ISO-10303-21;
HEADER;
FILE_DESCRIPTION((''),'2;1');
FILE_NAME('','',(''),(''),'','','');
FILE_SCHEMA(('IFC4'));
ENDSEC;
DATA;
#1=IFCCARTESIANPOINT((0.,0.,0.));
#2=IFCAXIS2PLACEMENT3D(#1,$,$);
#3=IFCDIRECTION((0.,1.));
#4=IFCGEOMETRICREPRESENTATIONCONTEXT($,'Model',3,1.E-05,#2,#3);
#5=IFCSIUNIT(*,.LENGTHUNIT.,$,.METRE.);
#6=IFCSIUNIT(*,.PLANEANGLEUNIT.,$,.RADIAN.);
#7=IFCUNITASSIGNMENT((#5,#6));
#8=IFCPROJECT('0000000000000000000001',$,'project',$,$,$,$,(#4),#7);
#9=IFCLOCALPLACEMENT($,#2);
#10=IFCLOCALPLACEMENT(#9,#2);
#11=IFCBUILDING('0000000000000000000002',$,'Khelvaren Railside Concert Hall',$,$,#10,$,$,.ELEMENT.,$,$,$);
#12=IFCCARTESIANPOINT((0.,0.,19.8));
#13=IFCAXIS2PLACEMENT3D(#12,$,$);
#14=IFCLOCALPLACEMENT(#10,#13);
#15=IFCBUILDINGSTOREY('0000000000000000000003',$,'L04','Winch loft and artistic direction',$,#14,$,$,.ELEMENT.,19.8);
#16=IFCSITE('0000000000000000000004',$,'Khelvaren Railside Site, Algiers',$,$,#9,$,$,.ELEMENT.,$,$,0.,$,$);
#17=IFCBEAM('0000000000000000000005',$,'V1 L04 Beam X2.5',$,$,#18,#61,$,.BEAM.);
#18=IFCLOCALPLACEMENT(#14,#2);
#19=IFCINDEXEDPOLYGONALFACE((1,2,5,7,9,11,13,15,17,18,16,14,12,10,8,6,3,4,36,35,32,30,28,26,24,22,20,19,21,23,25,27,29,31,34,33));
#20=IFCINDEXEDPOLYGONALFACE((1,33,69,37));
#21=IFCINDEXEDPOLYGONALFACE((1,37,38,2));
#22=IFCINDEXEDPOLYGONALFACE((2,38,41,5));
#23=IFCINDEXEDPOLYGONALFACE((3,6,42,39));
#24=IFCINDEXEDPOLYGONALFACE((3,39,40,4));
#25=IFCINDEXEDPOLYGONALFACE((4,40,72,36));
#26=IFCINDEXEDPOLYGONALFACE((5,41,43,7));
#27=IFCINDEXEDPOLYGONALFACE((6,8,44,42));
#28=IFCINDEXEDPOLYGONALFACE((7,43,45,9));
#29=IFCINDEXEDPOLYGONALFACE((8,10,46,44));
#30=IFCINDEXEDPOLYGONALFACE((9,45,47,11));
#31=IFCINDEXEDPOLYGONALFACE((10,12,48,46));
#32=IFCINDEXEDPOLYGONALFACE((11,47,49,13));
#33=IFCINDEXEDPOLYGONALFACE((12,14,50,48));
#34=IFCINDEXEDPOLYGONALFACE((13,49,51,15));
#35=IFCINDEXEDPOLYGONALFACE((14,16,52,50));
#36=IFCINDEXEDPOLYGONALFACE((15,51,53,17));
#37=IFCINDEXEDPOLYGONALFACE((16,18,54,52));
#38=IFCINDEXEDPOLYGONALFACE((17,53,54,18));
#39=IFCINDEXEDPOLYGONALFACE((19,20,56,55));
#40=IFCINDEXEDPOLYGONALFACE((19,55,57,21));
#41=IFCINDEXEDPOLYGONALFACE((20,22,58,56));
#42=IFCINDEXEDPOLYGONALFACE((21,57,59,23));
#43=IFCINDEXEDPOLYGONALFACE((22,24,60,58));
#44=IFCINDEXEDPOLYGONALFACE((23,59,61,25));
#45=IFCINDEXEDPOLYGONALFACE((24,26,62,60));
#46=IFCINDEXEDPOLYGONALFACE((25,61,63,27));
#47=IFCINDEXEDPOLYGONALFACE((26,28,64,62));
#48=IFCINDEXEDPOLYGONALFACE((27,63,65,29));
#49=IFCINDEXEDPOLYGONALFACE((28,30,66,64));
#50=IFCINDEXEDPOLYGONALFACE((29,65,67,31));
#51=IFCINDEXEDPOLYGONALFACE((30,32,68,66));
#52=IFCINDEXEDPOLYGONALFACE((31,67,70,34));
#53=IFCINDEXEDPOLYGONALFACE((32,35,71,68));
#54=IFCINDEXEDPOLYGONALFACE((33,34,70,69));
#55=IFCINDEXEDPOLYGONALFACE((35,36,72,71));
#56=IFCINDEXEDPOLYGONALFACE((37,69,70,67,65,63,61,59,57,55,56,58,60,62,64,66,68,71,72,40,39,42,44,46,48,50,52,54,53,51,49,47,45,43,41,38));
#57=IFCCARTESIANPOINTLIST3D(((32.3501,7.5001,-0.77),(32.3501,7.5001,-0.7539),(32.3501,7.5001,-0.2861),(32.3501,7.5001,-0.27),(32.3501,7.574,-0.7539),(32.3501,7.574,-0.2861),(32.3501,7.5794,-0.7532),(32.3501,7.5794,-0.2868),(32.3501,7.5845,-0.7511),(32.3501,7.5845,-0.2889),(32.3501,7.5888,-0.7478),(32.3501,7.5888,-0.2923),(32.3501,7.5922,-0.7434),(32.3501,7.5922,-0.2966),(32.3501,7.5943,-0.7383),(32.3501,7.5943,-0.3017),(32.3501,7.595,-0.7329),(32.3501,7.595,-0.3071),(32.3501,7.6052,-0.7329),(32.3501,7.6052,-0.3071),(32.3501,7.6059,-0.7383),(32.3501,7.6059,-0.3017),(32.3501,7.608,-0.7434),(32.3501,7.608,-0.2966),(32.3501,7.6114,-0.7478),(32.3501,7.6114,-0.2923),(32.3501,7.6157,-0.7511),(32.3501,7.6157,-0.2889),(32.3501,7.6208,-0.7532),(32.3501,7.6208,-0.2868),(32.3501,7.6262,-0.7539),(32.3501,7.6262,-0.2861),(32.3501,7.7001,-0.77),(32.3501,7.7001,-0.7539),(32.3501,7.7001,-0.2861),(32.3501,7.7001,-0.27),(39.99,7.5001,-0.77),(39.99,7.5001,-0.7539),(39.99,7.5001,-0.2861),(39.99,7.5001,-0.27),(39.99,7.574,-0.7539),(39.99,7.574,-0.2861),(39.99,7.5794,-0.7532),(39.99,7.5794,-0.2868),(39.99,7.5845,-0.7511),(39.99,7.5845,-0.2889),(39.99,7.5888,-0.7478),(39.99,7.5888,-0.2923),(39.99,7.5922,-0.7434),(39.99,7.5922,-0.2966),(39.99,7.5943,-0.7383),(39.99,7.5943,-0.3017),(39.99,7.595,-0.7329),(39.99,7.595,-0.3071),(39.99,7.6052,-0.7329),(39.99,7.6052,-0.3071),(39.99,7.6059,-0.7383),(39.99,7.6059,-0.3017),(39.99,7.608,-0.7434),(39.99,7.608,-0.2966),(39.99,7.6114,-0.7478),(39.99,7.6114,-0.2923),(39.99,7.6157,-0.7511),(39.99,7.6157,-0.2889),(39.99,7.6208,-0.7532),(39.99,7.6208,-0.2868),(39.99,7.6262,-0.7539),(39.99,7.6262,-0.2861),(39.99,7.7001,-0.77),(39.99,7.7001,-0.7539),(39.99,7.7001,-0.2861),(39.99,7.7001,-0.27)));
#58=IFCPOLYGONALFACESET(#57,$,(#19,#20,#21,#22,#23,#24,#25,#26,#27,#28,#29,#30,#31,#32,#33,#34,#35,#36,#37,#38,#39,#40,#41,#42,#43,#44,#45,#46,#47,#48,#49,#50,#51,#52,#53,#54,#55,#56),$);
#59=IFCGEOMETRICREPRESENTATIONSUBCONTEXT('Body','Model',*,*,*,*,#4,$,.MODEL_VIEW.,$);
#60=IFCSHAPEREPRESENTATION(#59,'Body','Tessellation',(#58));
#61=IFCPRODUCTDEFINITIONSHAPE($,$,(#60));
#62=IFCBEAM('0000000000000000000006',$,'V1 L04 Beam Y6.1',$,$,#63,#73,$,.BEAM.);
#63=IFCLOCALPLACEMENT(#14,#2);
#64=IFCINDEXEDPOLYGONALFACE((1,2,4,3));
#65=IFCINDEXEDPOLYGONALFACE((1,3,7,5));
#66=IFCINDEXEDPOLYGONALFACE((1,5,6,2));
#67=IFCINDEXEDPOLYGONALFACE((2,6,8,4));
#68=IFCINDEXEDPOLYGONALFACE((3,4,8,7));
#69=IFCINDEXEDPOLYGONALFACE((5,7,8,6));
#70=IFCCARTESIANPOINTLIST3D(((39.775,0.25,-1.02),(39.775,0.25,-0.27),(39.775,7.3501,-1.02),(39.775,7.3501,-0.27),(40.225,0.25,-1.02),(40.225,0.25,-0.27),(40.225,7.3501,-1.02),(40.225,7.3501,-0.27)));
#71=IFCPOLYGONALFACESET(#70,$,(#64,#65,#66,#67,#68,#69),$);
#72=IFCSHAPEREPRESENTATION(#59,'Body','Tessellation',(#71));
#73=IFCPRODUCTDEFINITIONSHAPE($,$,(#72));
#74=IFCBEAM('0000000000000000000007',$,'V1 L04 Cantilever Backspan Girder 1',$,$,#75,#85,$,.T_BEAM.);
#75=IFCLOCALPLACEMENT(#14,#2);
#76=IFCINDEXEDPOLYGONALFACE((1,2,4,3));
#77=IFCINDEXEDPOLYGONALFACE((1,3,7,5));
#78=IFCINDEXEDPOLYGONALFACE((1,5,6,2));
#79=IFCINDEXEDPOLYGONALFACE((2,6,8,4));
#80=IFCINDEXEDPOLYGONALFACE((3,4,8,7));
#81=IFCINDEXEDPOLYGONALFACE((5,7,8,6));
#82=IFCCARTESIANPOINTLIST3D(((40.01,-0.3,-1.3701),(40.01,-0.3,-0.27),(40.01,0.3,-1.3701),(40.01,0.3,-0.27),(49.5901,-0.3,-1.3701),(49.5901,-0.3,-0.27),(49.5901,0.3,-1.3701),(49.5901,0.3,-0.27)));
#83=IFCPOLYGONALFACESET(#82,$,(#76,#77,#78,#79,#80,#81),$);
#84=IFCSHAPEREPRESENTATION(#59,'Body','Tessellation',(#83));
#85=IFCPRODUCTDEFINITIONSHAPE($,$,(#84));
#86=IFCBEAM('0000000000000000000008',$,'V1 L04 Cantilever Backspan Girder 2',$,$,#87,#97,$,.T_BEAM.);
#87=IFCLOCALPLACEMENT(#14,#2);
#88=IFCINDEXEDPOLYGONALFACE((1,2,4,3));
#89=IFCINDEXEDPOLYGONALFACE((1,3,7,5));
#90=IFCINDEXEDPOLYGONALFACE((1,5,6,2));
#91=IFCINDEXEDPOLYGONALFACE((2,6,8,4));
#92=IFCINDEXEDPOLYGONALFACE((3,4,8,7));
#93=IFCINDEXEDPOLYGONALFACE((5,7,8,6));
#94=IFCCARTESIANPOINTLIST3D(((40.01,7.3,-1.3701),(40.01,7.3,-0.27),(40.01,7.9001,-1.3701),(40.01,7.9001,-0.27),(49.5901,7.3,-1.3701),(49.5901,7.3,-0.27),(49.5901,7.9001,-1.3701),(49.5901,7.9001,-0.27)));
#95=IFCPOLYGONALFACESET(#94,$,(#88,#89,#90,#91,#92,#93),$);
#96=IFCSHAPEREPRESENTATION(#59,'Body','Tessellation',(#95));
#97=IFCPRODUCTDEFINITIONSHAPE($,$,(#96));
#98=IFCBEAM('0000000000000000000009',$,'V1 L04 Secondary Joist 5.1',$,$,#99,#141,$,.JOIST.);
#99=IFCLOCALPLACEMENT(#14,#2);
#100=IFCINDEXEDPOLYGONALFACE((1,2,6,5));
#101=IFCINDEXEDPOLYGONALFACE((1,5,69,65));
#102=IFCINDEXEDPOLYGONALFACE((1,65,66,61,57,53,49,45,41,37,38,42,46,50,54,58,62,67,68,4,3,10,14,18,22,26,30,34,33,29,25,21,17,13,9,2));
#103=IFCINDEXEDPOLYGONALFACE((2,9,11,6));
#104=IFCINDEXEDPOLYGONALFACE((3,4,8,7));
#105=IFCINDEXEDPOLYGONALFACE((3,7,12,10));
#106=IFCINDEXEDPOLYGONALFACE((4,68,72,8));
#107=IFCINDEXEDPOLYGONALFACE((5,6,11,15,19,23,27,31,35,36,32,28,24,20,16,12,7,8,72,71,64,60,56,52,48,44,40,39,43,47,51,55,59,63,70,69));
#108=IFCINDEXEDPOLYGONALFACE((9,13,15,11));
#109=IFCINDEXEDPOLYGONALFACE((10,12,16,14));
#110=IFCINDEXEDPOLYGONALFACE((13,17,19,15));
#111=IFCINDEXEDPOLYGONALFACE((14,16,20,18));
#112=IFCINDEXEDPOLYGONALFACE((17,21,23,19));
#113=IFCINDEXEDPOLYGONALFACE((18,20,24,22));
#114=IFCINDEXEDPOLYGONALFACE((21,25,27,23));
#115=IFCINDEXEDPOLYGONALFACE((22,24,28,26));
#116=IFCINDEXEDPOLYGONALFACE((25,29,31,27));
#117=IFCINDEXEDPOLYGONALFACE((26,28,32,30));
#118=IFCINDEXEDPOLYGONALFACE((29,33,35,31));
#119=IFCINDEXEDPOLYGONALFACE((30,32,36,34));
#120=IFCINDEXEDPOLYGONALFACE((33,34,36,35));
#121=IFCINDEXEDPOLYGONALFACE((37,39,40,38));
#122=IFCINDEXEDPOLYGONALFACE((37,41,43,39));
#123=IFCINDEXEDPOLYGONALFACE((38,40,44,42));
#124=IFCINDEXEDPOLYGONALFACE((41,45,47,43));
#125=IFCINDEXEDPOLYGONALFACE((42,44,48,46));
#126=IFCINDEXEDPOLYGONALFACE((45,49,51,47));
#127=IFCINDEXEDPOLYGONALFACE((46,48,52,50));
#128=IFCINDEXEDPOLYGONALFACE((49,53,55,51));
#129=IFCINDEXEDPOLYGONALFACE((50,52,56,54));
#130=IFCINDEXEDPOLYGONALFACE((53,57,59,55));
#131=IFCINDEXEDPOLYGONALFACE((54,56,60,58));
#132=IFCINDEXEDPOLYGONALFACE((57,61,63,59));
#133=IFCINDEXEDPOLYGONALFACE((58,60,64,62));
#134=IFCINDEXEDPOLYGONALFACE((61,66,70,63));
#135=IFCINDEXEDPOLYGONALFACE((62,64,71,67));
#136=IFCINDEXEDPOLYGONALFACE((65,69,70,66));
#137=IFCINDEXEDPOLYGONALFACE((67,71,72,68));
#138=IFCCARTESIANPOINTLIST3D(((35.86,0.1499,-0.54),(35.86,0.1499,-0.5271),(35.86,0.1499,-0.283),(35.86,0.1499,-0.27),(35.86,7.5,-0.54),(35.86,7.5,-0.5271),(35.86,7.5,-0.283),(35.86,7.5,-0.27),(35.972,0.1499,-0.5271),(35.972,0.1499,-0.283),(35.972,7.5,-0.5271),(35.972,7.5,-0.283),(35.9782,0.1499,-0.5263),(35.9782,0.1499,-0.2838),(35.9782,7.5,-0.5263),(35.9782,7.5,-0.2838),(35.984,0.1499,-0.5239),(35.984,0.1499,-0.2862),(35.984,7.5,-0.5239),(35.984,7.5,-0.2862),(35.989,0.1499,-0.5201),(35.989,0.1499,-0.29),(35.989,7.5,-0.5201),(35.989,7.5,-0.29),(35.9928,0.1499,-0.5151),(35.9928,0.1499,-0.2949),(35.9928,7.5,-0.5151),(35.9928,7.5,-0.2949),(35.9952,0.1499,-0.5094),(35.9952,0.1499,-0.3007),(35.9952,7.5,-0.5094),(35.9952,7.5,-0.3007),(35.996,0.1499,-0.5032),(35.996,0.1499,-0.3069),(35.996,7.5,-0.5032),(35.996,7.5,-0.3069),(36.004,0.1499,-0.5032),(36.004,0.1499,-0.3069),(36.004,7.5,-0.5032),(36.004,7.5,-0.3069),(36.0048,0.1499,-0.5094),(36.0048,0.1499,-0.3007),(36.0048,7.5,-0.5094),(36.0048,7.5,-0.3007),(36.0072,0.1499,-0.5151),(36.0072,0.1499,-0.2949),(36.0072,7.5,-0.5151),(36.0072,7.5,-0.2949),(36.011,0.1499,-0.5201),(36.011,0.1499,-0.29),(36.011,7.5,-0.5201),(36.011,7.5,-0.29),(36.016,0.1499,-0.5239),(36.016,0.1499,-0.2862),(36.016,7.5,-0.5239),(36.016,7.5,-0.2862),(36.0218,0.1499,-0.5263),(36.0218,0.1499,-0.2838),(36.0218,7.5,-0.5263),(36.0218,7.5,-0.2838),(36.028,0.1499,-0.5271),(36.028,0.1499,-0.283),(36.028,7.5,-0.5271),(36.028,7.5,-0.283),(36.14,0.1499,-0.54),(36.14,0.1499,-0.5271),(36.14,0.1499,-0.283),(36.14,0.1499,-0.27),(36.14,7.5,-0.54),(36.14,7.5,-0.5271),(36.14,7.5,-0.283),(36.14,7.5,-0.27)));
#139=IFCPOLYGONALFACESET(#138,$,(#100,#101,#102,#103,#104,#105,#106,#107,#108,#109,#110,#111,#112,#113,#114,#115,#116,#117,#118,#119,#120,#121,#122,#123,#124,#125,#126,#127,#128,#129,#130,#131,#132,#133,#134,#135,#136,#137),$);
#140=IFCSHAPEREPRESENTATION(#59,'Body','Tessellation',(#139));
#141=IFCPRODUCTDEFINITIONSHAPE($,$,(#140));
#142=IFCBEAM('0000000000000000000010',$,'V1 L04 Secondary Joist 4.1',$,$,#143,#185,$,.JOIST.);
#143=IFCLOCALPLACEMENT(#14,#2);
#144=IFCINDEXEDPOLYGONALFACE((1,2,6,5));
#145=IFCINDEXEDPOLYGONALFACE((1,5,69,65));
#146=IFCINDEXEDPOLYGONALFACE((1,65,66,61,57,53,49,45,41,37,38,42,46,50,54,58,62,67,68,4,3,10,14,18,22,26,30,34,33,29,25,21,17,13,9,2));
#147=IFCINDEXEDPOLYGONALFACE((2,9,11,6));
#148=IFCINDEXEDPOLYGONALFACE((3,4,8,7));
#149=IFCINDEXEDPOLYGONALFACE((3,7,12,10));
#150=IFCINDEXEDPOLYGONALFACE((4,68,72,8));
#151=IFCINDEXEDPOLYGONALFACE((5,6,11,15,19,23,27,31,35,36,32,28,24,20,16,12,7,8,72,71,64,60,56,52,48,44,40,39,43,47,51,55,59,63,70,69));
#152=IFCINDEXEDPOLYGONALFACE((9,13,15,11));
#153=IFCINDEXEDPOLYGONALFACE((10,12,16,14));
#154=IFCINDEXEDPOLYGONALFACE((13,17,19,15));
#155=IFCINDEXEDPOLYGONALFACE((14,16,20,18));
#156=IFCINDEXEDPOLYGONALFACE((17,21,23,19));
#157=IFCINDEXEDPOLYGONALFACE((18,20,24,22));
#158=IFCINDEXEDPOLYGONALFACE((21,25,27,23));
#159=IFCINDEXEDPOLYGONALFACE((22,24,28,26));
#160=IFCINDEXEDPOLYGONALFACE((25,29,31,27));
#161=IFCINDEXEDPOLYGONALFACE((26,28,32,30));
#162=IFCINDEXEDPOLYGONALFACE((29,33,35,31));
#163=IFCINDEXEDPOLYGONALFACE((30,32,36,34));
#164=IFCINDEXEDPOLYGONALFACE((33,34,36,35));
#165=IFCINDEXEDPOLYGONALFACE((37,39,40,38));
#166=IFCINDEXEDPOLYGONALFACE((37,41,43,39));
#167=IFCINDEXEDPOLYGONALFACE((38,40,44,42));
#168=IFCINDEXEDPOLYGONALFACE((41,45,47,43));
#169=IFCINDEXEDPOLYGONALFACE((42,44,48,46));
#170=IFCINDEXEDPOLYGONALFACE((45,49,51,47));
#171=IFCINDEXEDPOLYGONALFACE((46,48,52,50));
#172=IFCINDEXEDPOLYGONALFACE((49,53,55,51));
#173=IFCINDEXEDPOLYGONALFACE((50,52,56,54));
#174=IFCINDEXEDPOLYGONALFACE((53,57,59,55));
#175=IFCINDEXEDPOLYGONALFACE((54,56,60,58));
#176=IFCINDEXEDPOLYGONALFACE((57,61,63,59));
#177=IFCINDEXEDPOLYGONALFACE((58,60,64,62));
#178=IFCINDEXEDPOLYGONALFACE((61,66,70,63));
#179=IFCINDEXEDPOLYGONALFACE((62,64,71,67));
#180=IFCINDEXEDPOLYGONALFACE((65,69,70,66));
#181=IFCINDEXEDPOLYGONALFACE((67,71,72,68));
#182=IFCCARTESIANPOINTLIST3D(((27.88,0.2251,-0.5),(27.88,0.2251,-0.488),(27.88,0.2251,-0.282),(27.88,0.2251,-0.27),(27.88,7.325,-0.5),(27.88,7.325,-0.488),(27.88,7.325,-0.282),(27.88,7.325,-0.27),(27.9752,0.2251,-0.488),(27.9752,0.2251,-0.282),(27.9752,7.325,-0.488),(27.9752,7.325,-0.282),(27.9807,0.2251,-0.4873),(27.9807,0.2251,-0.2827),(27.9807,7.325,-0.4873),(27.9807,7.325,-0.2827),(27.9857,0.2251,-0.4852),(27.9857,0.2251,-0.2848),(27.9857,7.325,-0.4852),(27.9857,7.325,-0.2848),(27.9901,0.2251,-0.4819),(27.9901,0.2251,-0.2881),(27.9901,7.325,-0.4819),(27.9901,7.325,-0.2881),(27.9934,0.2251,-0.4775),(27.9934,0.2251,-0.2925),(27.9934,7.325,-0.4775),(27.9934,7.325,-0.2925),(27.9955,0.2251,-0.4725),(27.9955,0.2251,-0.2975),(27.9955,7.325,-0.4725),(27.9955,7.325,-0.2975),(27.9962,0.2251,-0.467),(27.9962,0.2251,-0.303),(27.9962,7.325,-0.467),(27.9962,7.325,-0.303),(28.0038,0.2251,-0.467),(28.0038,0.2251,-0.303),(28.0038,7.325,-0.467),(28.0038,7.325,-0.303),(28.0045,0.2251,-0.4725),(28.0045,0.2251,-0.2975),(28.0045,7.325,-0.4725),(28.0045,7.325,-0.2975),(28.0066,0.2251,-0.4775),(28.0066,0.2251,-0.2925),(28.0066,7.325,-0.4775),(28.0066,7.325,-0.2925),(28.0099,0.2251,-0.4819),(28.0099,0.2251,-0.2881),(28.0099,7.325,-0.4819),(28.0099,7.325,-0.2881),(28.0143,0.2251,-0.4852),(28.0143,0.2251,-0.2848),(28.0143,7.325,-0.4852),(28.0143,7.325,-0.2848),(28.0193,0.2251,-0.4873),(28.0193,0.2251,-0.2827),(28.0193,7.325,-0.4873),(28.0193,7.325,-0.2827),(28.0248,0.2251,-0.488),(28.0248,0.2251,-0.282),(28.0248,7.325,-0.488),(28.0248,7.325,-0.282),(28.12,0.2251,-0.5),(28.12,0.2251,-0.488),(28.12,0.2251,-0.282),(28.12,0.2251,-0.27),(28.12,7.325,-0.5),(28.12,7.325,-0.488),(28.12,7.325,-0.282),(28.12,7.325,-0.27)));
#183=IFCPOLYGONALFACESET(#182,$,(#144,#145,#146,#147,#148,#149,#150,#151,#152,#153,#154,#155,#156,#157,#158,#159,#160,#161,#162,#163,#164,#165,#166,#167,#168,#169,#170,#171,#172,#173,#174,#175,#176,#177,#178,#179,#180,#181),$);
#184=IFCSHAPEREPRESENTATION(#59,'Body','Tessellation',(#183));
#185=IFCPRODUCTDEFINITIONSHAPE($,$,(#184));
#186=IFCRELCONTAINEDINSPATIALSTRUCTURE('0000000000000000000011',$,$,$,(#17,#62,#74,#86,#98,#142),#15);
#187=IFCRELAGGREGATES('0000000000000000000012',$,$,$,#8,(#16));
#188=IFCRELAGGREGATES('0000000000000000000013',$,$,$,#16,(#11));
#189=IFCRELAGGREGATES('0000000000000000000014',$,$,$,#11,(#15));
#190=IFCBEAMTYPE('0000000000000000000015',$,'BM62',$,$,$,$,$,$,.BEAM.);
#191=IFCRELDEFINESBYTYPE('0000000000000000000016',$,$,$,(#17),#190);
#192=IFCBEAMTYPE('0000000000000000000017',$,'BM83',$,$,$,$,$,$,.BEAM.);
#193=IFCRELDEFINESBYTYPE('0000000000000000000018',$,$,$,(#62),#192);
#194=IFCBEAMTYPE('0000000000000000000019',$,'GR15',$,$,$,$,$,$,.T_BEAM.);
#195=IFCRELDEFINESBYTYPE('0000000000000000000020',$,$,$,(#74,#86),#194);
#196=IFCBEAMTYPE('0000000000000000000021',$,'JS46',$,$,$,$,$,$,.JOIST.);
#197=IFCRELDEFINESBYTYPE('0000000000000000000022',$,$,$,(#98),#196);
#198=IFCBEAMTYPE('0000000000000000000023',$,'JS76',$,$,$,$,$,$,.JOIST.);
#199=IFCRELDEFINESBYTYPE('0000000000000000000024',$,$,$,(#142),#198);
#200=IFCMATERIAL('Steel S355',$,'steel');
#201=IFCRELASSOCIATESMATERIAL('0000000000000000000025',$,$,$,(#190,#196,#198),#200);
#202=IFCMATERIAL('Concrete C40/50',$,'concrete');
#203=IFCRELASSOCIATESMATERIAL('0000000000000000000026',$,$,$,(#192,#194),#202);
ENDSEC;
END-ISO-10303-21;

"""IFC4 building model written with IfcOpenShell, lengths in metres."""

from ifc_helpers import new_model, si_unit, direction, frame, origin, origin_2d, place, context, subcontext, project, spatial, rectangle, i_section, extrude, material, material_profile, profile_set, type_object, element, save


model = new_model("IFC4")

# Units and contexts
model_context = context("Model", 3, precision=1e-05, world=origin(), true_north=direction((0.0, 1.0)))
body_context = subcontext(model_context, "Body", "Model", "MODEL_VIEW")
ifc_project = project(units=[si_unit("LENGTHUNIT", "METRE"), si_unit("PLANEANGLEUNIT", "RADIAN")], contexts=[model_context])

# Site, building, storey
site_placement = place(None, origin())
site = spatial("IfcSite", under=ifc_project, at=site_placement, Name="Khelvaren Railside Site, Algiers", CompositionType="ELEMENT", RefElevation=0.0)
building_placement = place(site_placement, origin())
building = spatial("IfcBuilding", under=site, at=building_placement, Name="Khelvaren Railside Concert Hall", CompositionType="ELEMENT")
storey_placement = place(building_placement, frame((0.0, 0.0, 19.8)))
storey = spatial("IfcBuildingStorey", under=building, at=storey_placement, Name="L04", Description="Winch loft and artistic direction", CompositionType="ELEMENT", Elevation=19.8)

# Shared definitions
ifc_material_1 = material(Name="Steel S355", Category="steel")

# Beams
ifc_material_2 = material(Name="Concrete C40/50", Category="concrete")
ifc_material_profile_1 = material_profile(ifc_material_1, i_section(OverallWidth=0.2, OverallDepth=0.5, WebThickness=0.0103, FlangeThickness=0.0161, FilletRadius=0.021, at=origin_2d()), Name="IPE 500")
ifc_profile_set_1 = profile_set([ifc_material_profile_1], Name="Steel S355")
beam_type_1 = type_object("IfcBeamType", Name="BM62", PredefinedType="BEAM", material=ifc_profile_set_1)
beam_1_placement = place(storey_placement, frame((32.3501, 7.6001, -0.52), z_axis=(1.0, 0.0, 0.0), x_axis=(0.0, 1.0, 0.0)))
element("IfcBeam", 1, at=beam_1_placement, inside=storey, type_object=beam_type_1, Name="V1 L04 Beam X2.5", PredefinedType="BEAM", context=body_context, shape_type="SweptSolid", body=[
    extrude(i_section(OverallWidth=0.2, OverallDepth=0.5, WebThickness=0.0103, FlangeThickness=0.0161, FilletRadius=0.021, at=origin_2d()), origin(), (0.0, 0.0, 1.0), 7.6399),
])
ifc_material_profile_2 = material_profile(ifc_material_2, rectangle(XDim=0.45, YDim=0.75, at=origin_2d()), Name="RCB 450x750")
ifc_profile_set_2 = profile_set([ifc_material_profile_2], Name="Concrete C40/50")
beam_type_2 = type_object("IfcBeamType", Name="BM83", PredefinedType="BEAM", material=ifc_profile_set_2)
beam_2_placement = place(storey_placement, frame((40.0, 0.25, -0.645), z_axis=(0.0, 1.0, 0.0), x_axis=(-1.0, 0.0, 0.0)))
element("IfcBeam", 2, at=beam_2_placement, inside=storey, type_object=beam_type_2, Name="V1 L04 Beam Y6.1", PredefinedType="BEAM", context=body_context, shape_type="SweptSolid", body=[
    extrude(rectangle(XDim=0.45, YDim=0.75, at=origin_2d()), origin(), (0.0, 0.0, 1.0), 7.1001),
])
ifc_material_profile_3 = material_profile(ifc_material_2, rectangle(XDim=0.6001, YDim=1.1001, at=origin_2d()), Name="RCB 600x1100")
ifc_profile_set_3 = profile_set([ifc_material_profile_3], Name="Concrete C40/50")
beam_type_3 = type_object("IfcBeamType", Name="GR15", PredefinedType="T_BEAM", material=ifc_profile_set_3)
for number, where, z_axis, x_axis, name in (
    (3, (40.01, 0.0, -0.8201), (1.0, 0.0, 0.0), (0.0, 1.0, 0.0), "V1 L04 Cantilever Backspan Girder 1"),
    (4, (40.01, 7.6001, -0.8201), (1.0, 0.0, 0.0), (0.0, 1.0, 0.0), "V1 L04 Cantilever Backspan Girder 2"),
):
    element("IfcBeam", number, at=place(storey_placement, frame(where, z_axis=z_axis, x_axis=x_axis)), inside=storey, type_object=beam_type_3, Name=name, PredefinedType="T_BEAM", context=body_context, shape_type="SweptSolid", body=[
        extrude(rectangle(XDim=0.6001, YDim=1.1001, at=origin_2d()), origin(), (0.0, 0.0, 1.0), 9.5801),
    ])
ifc_material_profile_4 = material_profile(ifc_material_1, i_section(OverallWidth=0.28, OverallDepth=0.27, WebThickness=0.0081, FlangeThickness=0.0129, FilletRadius=0.0239, at=origin_2d()), Name="HEA 280")
ifc_profile_set_4 = profile_set([ifc_material_profile_4], Name="Steel S355")
beam_type_4 = type_object("IfcBeamType", Name="JS46", PredefinedType="JOIST", material=ifc_profile_set_4)
beam_3_placement = place(storey_placement, frame((36.0, 0.1499, -0.405), z_axis=(0.0, 1.0, 0.0), x_axis=(-1.0, 0.0, 0.0)))
element("IfcBeam", 5, at=beam_3_placement, inside=storey, type_object=beam_type_4, Name="V1 L04 Secondary Joist 5.1", PredefinedType="JOIST", context=body_context, shape_type="SweptSolid", body=[
    extrude(i_section(OverallWidth=0.28, OverallDepth=0.27, WebThickness=0.0081, FlangeThickness=0.0129, FilletRadius=0.0239, at=origin_2d()), origin(), (0.0, 0.0, 1.0), 7.3501),
])
ifc_material_profile_5 = material_profile(ifc_material_1, i_section(OverallWidth=0.24, OverallDepth=0.23, WebThickness=0.0076, FlangeThickness=0.012, FilletRadius=0.021, at=origin_2d()), Name="HEA 240")
ifc_profile_set_5 = profile_set([ifc_material_profile_5], Name="Steel S355")
beam_type_5 = type_object("IfcBeamType", Name="JS76", PredefinedType="JOIST", material=ifc_profile_set_5)
beam_4_placement = place(storey_placement, frame((28.0, 0.2251, -0.385), z_axis=(0.0, 1.0, 0.0), x_axis=(-1.0, 0.0, 0.0)))
element("IfcBeam", 6, at=beam_4_placement, inside=storey, type_object=beam_type_5, Name="V1 L04 Secondary Joist 4.1", PredefinedType="JOIST", context=body_context, shape_type="SweptSolid", body=[
    extrude(i_section(OverallWidth=0.24, OverallDepth=0.23, WebThickness=0.0076, FlangeThickness=0.012, FilletRadius=0.021, at=origin_2d()), origin(), (0.0, 0.0, 1.0), 7.0999),
])

save(model, "model.ifc")
